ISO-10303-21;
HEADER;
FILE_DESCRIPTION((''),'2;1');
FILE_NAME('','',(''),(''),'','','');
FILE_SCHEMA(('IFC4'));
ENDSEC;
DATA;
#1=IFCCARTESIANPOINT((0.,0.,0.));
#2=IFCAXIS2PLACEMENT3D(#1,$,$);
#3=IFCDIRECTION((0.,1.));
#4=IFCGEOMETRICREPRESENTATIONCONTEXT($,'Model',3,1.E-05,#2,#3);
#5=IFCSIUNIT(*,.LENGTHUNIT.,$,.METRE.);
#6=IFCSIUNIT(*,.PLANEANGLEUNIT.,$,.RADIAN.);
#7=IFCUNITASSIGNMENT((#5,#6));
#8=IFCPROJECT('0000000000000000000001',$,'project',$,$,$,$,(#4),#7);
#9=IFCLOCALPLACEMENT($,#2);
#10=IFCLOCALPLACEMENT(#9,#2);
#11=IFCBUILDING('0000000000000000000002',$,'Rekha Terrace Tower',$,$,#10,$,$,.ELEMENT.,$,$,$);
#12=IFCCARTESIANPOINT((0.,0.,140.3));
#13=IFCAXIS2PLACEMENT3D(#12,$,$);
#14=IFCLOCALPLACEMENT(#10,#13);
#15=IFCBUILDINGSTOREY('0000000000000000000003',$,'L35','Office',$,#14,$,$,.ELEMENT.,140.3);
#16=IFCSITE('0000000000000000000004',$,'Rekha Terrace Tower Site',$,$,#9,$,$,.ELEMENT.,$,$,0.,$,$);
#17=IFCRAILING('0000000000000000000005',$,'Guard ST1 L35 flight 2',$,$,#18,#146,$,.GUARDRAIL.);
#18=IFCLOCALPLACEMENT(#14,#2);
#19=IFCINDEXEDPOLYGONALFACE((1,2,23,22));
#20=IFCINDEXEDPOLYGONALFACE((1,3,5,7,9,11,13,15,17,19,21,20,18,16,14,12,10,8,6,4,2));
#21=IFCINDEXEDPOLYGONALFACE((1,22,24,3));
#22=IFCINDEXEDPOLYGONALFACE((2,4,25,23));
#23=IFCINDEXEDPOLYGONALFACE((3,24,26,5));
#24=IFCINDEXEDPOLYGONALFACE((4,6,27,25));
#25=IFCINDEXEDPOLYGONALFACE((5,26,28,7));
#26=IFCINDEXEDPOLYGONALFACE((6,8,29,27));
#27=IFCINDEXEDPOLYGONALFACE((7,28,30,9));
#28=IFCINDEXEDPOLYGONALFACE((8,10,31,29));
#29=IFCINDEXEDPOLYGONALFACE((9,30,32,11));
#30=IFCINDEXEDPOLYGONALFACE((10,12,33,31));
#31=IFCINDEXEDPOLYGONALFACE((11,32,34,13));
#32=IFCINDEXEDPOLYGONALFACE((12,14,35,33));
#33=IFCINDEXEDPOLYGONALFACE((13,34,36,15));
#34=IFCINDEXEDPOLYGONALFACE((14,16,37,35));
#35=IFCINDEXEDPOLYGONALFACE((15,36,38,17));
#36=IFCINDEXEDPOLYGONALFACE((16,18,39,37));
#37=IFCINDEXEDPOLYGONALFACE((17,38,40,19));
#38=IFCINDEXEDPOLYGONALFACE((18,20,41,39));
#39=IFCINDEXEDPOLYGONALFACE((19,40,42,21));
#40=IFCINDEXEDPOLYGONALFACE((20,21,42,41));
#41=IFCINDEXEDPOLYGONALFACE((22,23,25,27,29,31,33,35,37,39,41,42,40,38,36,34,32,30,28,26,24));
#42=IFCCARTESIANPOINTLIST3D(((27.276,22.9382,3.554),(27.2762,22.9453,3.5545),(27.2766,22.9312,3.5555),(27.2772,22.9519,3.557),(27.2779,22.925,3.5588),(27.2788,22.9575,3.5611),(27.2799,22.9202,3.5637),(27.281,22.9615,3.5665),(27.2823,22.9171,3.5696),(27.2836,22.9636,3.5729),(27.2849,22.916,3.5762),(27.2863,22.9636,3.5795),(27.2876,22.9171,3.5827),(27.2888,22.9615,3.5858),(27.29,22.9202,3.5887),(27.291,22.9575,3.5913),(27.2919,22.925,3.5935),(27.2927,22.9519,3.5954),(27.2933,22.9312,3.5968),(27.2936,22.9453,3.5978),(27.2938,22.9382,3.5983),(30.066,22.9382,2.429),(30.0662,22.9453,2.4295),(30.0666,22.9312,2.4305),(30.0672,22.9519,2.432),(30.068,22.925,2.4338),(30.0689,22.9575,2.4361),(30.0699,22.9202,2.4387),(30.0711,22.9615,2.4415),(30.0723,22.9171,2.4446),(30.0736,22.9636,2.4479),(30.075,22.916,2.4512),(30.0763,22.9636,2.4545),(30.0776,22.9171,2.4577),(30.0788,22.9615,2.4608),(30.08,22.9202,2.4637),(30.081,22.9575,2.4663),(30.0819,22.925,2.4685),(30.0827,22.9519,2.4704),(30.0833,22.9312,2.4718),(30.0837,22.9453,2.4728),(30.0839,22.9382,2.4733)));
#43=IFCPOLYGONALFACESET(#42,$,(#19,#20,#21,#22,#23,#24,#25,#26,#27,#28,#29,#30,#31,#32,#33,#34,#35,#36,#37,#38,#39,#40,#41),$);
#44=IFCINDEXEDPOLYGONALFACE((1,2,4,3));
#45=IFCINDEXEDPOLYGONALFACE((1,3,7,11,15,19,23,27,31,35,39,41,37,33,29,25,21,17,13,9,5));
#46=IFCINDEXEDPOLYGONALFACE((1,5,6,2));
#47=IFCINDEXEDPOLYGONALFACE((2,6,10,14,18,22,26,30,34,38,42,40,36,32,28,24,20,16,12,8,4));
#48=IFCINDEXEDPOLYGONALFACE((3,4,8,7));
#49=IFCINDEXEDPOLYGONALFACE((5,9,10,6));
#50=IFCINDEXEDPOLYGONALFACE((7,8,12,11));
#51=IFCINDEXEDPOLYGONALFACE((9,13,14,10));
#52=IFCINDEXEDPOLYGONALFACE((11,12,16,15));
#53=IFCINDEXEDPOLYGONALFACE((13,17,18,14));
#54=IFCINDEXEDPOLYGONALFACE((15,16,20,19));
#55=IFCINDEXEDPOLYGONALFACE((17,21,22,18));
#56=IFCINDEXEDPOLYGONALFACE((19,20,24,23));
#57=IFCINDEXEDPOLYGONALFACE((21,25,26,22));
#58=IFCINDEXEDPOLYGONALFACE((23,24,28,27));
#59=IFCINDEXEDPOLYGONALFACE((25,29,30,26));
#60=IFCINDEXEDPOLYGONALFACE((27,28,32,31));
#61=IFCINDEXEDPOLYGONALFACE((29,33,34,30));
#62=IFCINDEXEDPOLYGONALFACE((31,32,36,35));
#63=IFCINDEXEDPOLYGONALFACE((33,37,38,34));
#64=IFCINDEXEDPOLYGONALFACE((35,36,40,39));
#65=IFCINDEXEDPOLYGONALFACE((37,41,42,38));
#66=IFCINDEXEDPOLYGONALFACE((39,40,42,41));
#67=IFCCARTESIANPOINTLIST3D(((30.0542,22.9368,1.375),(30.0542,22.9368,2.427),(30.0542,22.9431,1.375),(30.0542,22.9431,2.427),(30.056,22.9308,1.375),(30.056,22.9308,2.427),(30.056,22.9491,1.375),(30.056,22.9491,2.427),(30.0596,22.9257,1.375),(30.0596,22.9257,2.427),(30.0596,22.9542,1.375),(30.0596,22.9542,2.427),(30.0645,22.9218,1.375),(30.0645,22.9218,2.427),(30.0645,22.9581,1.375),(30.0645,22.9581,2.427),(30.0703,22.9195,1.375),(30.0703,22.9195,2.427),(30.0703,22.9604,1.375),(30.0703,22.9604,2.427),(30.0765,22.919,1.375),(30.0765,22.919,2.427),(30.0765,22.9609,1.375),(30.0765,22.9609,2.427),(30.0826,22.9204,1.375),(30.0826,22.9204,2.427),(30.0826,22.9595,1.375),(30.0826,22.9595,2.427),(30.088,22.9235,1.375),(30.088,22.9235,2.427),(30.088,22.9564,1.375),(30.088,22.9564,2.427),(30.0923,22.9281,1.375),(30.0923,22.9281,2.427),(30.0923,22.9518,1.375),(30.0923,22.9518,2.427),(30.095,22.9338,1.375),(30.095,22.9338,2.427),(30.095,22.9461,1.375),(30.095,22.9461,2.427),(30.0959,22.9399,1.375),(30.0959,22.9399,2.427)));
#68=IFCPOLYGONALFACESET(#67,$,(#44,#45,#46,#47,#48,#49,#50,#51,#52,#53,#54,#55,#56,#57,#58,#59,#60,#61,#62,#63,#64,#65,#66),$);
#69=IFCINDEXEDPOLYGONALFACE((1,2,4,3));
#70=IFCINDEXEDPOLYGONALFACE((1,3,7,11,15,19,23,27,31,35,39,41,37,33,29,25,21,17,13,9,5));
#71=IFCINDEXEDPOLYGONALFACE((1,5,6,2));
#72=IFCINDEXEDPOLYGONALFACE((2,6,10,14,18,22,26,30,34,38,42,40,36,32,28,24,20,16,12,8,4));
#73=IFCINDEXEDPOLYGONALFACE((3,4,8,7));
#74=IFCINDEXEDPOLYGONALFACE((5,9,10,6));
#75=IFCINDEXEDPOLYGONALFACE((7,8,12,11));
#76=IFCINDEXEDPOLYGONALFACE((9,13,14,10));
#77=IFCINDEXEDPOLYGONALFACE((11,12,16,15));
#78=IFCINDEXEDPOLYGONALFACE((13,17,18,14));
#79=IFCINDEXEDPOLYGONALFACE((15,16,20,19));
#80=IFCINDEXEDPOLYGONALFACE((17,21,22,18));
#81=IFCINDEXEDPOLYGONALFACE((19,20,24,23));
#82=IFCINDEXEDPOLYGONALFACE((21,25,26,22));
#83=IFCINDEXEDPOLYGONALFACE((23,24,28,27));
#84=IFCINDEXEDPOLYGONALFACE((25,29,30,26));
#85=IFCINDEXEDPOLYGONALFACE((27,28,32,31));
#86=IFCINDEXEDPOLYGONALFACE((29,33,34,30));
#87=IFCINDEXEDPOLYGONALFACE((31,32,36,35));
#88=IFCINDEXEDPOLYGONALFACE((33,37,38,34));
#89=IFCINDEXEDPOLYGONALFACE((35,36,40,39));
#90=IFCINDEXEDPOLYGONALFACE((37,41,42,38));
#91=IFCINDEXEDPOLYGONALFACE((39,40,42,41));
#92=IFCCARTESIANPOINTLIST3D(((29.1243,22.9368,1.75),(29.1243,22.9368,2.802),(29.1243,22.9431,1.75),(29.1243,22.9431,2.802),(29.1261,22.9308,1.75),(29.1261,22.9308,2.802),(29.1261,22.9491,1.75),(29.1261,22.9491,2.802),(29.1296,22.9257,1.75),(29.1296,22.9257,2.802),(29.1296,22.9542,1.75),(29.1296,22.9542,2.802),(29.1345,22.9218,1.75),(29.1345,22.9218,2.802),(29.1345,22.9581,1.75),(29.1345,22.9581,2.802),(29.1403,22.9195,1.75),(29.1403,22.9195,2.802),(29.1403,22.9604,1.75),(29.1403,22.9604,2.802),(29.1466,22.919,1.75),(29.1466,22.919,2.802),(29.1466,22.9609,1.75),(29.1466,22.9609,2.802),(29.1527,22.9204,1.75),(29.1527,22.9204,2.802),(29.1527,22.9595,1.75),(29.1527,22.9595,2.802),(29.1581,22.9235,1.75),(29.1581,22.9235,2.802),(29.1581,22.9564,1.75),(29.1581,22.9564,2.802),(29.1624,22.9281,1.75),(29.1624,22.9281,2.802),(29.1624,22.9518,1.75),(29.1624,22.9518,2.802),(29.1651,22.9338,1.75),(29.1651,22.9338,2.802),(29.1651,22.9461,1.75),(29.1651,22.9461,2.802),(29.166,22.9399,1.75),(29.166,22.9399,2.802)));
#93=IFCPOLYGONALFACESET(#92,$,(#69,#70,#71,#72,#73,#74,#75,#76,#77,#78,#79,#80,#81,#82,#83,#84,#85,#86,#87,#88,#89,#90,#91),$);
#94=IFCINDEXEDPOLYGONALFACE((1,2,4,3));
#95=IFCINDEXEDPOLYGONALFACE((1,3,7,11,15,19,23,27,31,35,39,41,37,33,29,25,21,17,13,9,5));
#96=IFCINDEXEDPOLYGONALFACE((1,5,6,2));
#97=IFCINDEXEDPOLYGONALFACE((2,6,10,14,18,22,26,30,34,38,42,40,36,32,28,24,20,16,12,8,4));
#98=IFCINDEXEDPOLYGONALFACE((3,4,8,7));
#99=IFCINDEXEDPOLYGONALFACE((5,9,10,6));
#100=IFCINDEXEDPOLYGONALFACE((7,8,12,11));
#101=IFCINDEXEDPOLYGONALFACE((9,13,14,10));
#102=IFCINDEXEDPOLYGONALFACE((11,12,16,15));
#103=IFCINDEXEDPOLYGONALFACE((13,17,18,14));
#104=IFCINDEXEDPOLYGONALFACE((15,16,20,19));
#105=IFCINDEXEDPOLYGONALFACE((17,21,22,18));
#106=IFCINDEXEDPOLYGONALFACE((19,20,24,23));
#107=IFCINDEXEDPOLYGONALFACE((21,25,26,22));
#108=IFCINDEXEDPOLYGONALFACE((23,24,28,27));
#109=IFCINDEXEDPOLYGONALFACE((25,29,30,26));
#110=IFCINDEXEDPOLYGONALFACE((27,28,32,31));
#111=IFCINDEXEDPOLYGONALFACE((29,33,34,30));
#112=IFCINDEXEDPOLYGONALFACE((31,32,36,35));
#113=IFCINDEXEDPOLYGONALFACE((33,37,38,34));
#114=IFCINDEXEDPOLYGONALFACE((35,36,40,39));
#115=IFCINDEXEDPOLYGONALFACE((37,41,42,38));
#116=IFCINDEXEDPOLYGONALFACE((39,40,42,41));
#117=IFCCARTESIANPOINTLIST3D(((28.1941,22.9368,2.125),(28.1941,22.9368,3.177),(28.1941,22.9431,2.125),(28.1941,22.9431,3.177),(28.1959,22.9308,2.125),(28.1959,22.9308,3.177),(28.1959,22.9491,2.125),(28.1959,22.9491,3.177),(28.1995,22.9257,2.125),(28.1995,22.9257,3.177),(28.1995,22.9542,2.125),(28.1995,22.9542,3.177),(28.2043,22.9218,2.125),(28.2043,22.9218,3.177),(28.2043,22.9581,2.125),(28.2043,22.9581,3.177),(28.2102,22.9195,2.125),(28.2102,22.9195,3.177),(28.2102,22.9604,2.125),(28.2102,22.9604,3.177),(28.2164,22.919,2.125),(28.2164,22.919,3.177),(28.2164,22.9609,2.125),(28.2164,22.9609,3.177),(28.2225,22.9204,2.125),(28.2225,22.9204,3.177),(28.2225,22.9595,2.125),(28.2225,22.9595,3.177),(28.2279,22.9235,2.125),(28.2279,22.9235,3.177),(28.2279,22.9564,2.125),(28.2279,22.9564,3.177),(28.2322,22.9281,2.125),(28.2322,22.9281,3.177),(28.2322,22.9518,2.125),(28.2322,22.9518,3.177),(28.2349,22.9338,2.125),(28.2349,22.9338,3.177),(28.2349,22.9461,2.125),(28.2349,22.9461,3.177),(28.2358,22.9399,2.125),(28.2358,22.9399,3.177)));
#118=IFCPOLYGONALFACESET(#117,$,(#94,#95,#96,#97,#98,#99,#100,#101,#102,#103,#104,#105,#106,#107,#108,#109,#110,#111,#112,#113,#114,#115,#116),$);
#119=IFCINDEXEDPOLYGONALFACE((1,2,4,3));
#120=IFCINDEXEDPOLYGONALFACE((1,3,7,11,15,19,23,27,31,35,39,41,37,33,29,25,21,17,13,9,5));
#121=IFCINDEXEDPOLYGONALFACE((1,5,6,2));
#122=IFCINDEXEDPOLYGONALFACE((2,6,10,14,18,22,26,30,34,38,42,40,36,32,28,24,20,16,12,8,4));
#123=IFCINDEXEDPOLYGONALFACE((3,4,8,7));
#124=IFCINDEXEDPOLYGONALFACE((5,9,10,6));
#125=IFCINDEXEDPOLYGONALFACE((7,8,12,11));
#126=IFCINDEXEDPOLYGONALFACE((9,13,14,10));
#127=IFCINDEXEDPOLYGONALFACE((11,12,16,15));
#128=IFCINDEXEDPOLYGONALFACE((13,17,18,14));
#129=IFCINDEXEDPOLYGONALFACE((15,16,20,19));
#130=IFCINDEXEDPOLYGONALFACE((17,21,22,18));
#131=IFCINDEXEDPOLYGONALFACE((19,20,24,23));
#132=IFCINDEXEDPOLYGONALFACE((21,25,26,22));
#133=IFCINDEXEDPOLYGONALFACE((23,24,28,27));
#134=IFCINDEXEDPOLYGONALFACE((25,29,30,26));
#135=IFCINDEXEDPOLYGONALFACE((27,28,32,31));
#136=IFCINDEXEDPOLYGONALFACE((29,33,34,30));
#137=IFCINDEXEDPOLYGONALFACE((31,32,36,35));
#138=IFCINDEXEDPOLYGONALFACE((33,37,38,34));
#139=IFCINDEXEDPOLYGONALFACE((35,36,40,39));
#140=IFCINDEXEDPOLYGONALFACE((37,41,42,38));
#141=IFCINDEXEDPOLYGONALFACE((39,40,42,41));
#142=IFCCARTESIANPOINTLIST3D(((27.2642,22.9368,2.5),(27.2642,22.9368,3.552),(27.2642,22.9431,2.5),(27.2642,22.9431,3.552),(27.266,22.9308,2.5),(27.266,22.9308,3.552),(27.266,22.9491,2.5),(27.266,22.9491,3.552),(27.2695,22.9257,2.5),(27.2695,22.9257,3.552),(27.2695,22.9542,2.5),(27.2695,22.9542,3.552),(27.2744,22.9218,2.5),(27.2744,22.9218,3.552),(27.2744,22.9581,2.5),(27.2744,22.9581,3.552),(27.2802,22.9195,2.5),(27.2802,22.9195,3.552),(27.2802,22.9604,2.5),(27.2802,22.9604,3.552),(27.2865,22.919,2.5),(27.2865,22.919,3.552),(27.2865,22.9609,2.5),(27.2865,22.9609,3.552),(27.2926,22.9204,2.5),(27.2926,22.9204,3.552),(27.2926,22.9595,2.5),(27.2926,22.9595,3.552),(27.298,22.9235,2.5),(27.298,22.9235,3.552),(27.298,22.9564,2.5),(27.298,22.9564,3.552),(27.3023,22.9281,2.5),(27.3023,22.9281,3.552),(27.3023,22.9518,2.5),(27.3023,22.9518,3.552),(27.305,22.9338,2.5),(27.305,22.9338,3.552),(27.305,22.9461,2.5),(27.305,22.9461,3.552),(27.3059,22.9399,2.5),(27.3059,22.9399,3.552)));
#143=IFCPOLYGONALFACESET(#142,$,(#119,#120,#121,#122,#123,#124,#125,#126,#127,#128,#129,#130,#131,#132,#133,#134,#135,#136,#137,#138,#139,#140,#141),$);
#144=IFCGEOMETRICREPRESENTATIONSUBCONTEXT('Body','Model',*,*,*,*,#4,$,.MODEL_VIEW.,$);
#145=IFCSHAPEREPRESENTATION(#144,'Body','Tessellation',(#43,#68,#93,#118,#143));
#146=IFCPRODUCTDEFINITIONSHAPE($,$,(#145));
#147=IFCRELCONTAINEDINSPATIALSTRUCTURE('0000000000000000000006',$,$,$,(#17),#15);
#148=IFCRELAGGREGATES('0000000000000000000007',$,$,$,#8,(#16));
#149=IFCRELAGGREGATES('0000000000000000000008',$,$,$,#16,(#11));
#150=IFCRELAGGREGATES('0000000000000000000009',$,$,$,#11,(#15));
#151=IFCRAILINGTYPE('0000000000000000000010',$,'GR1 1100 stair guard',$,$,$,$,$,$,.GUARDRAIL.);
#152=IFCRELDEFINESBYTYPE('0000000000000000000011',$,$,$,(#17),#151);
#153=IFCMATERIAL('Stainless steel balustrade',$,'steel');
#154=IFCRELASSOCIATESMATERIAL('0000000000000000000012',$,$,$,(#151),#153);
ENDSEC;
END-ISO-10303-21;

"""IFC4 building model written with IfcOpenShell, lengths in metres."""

from ifc_helpers import new_model, si_unit, direction, frame, origin, origin_2d, place, context, subcontext, project, spatial, circle, extrude, material, type_object, element, save


model = new_model("IFC4")

# Units and contexts
model_context = context("Model", 3, precision=1e-05, world=origin(), true_north=direction((0.0, 1.0)))
body_context = subcontext(model_context, "Body", "Model", "MODEL_VIEW")
ifc_project = project(units=[si_unit("LENGTHUNIT", "METRE"), si_unit("PLANEANGLEUNIT", "RADIAN")], contexts=[model_context])

# Site, building, storey
site_placement = place(None, origin())
site = spatial("IfcSite", under=ifc_project, at=site_placement, Name="Rekha Terrace Tower Site", CompositionType="ELEMENT", RefElevation=0.0)
building_placement = place(site_placement, origin())
building = spatial("IfcBuilding", under=site, at=building_placement, Name="Rekha Terrace Tower", CompositionType="ELEMENT")
storey_placement = place(building_placement, frame((0.0, 0.0, 140.3)))
storey = spatial("IfcBuildingStorey", under=building, at=storey_placement, Name="L35", Description="Office", CompositionType="ELEMENT", Elevation=140.3)

# Railing
ifc_material_1 = material(Name="Stainless steel balustrade", Category="steel")
railing_type_1 = type_object("IfcRailingType", Name="GR1 1100 stair guard", PredefinedType="GUARDRAIL", material=ifc_material_1)
railing_1_placement = place(storey_placement, frame((30.075, 22.9399, 1.375)))
element("IfcRailing", 1, at=railing_1_placement, inside=storey, type_object=railing_type_1, Name="Guard ST1 L35 flight 2", PredefinedType="GUARDRAIL", context=body_context, shape_type="SweptSolid", body=[
    extrude(circle(Radius=0.0239, at=origin_2d()), frame((0.0, 0.0, 1.0762), z_axis=(-0.927443, 0.0, 0.373964), x_axis=(0.0, -1.0, 0.0)), (0.0, 0.0, 1.0), 3.0083),
    extrude(circle(Radius=0.021, at=origin_2d()), origin(), (0.0, 0.0, 1.0), 1.052),
    extrude(circle(Radius=0.021, at=origin_2d()), frame((-0.9299, 0.0, 0.375)), (0.0, 0.0, 1.0), 1.052),
    extrude(circle(Radius=0.021, at=origin_2d()), frame((-1.8601, 0.0, 0.75)), (0.0, 0.0, 1.0), 1.052),
    extrude(circle(Radius=0.021, at=origin_2d()), frame((-2.79, 0.0, 1.125)), (0.0, 0.0, 1.0), 1.052),
])

save(model, "model.ifc")
